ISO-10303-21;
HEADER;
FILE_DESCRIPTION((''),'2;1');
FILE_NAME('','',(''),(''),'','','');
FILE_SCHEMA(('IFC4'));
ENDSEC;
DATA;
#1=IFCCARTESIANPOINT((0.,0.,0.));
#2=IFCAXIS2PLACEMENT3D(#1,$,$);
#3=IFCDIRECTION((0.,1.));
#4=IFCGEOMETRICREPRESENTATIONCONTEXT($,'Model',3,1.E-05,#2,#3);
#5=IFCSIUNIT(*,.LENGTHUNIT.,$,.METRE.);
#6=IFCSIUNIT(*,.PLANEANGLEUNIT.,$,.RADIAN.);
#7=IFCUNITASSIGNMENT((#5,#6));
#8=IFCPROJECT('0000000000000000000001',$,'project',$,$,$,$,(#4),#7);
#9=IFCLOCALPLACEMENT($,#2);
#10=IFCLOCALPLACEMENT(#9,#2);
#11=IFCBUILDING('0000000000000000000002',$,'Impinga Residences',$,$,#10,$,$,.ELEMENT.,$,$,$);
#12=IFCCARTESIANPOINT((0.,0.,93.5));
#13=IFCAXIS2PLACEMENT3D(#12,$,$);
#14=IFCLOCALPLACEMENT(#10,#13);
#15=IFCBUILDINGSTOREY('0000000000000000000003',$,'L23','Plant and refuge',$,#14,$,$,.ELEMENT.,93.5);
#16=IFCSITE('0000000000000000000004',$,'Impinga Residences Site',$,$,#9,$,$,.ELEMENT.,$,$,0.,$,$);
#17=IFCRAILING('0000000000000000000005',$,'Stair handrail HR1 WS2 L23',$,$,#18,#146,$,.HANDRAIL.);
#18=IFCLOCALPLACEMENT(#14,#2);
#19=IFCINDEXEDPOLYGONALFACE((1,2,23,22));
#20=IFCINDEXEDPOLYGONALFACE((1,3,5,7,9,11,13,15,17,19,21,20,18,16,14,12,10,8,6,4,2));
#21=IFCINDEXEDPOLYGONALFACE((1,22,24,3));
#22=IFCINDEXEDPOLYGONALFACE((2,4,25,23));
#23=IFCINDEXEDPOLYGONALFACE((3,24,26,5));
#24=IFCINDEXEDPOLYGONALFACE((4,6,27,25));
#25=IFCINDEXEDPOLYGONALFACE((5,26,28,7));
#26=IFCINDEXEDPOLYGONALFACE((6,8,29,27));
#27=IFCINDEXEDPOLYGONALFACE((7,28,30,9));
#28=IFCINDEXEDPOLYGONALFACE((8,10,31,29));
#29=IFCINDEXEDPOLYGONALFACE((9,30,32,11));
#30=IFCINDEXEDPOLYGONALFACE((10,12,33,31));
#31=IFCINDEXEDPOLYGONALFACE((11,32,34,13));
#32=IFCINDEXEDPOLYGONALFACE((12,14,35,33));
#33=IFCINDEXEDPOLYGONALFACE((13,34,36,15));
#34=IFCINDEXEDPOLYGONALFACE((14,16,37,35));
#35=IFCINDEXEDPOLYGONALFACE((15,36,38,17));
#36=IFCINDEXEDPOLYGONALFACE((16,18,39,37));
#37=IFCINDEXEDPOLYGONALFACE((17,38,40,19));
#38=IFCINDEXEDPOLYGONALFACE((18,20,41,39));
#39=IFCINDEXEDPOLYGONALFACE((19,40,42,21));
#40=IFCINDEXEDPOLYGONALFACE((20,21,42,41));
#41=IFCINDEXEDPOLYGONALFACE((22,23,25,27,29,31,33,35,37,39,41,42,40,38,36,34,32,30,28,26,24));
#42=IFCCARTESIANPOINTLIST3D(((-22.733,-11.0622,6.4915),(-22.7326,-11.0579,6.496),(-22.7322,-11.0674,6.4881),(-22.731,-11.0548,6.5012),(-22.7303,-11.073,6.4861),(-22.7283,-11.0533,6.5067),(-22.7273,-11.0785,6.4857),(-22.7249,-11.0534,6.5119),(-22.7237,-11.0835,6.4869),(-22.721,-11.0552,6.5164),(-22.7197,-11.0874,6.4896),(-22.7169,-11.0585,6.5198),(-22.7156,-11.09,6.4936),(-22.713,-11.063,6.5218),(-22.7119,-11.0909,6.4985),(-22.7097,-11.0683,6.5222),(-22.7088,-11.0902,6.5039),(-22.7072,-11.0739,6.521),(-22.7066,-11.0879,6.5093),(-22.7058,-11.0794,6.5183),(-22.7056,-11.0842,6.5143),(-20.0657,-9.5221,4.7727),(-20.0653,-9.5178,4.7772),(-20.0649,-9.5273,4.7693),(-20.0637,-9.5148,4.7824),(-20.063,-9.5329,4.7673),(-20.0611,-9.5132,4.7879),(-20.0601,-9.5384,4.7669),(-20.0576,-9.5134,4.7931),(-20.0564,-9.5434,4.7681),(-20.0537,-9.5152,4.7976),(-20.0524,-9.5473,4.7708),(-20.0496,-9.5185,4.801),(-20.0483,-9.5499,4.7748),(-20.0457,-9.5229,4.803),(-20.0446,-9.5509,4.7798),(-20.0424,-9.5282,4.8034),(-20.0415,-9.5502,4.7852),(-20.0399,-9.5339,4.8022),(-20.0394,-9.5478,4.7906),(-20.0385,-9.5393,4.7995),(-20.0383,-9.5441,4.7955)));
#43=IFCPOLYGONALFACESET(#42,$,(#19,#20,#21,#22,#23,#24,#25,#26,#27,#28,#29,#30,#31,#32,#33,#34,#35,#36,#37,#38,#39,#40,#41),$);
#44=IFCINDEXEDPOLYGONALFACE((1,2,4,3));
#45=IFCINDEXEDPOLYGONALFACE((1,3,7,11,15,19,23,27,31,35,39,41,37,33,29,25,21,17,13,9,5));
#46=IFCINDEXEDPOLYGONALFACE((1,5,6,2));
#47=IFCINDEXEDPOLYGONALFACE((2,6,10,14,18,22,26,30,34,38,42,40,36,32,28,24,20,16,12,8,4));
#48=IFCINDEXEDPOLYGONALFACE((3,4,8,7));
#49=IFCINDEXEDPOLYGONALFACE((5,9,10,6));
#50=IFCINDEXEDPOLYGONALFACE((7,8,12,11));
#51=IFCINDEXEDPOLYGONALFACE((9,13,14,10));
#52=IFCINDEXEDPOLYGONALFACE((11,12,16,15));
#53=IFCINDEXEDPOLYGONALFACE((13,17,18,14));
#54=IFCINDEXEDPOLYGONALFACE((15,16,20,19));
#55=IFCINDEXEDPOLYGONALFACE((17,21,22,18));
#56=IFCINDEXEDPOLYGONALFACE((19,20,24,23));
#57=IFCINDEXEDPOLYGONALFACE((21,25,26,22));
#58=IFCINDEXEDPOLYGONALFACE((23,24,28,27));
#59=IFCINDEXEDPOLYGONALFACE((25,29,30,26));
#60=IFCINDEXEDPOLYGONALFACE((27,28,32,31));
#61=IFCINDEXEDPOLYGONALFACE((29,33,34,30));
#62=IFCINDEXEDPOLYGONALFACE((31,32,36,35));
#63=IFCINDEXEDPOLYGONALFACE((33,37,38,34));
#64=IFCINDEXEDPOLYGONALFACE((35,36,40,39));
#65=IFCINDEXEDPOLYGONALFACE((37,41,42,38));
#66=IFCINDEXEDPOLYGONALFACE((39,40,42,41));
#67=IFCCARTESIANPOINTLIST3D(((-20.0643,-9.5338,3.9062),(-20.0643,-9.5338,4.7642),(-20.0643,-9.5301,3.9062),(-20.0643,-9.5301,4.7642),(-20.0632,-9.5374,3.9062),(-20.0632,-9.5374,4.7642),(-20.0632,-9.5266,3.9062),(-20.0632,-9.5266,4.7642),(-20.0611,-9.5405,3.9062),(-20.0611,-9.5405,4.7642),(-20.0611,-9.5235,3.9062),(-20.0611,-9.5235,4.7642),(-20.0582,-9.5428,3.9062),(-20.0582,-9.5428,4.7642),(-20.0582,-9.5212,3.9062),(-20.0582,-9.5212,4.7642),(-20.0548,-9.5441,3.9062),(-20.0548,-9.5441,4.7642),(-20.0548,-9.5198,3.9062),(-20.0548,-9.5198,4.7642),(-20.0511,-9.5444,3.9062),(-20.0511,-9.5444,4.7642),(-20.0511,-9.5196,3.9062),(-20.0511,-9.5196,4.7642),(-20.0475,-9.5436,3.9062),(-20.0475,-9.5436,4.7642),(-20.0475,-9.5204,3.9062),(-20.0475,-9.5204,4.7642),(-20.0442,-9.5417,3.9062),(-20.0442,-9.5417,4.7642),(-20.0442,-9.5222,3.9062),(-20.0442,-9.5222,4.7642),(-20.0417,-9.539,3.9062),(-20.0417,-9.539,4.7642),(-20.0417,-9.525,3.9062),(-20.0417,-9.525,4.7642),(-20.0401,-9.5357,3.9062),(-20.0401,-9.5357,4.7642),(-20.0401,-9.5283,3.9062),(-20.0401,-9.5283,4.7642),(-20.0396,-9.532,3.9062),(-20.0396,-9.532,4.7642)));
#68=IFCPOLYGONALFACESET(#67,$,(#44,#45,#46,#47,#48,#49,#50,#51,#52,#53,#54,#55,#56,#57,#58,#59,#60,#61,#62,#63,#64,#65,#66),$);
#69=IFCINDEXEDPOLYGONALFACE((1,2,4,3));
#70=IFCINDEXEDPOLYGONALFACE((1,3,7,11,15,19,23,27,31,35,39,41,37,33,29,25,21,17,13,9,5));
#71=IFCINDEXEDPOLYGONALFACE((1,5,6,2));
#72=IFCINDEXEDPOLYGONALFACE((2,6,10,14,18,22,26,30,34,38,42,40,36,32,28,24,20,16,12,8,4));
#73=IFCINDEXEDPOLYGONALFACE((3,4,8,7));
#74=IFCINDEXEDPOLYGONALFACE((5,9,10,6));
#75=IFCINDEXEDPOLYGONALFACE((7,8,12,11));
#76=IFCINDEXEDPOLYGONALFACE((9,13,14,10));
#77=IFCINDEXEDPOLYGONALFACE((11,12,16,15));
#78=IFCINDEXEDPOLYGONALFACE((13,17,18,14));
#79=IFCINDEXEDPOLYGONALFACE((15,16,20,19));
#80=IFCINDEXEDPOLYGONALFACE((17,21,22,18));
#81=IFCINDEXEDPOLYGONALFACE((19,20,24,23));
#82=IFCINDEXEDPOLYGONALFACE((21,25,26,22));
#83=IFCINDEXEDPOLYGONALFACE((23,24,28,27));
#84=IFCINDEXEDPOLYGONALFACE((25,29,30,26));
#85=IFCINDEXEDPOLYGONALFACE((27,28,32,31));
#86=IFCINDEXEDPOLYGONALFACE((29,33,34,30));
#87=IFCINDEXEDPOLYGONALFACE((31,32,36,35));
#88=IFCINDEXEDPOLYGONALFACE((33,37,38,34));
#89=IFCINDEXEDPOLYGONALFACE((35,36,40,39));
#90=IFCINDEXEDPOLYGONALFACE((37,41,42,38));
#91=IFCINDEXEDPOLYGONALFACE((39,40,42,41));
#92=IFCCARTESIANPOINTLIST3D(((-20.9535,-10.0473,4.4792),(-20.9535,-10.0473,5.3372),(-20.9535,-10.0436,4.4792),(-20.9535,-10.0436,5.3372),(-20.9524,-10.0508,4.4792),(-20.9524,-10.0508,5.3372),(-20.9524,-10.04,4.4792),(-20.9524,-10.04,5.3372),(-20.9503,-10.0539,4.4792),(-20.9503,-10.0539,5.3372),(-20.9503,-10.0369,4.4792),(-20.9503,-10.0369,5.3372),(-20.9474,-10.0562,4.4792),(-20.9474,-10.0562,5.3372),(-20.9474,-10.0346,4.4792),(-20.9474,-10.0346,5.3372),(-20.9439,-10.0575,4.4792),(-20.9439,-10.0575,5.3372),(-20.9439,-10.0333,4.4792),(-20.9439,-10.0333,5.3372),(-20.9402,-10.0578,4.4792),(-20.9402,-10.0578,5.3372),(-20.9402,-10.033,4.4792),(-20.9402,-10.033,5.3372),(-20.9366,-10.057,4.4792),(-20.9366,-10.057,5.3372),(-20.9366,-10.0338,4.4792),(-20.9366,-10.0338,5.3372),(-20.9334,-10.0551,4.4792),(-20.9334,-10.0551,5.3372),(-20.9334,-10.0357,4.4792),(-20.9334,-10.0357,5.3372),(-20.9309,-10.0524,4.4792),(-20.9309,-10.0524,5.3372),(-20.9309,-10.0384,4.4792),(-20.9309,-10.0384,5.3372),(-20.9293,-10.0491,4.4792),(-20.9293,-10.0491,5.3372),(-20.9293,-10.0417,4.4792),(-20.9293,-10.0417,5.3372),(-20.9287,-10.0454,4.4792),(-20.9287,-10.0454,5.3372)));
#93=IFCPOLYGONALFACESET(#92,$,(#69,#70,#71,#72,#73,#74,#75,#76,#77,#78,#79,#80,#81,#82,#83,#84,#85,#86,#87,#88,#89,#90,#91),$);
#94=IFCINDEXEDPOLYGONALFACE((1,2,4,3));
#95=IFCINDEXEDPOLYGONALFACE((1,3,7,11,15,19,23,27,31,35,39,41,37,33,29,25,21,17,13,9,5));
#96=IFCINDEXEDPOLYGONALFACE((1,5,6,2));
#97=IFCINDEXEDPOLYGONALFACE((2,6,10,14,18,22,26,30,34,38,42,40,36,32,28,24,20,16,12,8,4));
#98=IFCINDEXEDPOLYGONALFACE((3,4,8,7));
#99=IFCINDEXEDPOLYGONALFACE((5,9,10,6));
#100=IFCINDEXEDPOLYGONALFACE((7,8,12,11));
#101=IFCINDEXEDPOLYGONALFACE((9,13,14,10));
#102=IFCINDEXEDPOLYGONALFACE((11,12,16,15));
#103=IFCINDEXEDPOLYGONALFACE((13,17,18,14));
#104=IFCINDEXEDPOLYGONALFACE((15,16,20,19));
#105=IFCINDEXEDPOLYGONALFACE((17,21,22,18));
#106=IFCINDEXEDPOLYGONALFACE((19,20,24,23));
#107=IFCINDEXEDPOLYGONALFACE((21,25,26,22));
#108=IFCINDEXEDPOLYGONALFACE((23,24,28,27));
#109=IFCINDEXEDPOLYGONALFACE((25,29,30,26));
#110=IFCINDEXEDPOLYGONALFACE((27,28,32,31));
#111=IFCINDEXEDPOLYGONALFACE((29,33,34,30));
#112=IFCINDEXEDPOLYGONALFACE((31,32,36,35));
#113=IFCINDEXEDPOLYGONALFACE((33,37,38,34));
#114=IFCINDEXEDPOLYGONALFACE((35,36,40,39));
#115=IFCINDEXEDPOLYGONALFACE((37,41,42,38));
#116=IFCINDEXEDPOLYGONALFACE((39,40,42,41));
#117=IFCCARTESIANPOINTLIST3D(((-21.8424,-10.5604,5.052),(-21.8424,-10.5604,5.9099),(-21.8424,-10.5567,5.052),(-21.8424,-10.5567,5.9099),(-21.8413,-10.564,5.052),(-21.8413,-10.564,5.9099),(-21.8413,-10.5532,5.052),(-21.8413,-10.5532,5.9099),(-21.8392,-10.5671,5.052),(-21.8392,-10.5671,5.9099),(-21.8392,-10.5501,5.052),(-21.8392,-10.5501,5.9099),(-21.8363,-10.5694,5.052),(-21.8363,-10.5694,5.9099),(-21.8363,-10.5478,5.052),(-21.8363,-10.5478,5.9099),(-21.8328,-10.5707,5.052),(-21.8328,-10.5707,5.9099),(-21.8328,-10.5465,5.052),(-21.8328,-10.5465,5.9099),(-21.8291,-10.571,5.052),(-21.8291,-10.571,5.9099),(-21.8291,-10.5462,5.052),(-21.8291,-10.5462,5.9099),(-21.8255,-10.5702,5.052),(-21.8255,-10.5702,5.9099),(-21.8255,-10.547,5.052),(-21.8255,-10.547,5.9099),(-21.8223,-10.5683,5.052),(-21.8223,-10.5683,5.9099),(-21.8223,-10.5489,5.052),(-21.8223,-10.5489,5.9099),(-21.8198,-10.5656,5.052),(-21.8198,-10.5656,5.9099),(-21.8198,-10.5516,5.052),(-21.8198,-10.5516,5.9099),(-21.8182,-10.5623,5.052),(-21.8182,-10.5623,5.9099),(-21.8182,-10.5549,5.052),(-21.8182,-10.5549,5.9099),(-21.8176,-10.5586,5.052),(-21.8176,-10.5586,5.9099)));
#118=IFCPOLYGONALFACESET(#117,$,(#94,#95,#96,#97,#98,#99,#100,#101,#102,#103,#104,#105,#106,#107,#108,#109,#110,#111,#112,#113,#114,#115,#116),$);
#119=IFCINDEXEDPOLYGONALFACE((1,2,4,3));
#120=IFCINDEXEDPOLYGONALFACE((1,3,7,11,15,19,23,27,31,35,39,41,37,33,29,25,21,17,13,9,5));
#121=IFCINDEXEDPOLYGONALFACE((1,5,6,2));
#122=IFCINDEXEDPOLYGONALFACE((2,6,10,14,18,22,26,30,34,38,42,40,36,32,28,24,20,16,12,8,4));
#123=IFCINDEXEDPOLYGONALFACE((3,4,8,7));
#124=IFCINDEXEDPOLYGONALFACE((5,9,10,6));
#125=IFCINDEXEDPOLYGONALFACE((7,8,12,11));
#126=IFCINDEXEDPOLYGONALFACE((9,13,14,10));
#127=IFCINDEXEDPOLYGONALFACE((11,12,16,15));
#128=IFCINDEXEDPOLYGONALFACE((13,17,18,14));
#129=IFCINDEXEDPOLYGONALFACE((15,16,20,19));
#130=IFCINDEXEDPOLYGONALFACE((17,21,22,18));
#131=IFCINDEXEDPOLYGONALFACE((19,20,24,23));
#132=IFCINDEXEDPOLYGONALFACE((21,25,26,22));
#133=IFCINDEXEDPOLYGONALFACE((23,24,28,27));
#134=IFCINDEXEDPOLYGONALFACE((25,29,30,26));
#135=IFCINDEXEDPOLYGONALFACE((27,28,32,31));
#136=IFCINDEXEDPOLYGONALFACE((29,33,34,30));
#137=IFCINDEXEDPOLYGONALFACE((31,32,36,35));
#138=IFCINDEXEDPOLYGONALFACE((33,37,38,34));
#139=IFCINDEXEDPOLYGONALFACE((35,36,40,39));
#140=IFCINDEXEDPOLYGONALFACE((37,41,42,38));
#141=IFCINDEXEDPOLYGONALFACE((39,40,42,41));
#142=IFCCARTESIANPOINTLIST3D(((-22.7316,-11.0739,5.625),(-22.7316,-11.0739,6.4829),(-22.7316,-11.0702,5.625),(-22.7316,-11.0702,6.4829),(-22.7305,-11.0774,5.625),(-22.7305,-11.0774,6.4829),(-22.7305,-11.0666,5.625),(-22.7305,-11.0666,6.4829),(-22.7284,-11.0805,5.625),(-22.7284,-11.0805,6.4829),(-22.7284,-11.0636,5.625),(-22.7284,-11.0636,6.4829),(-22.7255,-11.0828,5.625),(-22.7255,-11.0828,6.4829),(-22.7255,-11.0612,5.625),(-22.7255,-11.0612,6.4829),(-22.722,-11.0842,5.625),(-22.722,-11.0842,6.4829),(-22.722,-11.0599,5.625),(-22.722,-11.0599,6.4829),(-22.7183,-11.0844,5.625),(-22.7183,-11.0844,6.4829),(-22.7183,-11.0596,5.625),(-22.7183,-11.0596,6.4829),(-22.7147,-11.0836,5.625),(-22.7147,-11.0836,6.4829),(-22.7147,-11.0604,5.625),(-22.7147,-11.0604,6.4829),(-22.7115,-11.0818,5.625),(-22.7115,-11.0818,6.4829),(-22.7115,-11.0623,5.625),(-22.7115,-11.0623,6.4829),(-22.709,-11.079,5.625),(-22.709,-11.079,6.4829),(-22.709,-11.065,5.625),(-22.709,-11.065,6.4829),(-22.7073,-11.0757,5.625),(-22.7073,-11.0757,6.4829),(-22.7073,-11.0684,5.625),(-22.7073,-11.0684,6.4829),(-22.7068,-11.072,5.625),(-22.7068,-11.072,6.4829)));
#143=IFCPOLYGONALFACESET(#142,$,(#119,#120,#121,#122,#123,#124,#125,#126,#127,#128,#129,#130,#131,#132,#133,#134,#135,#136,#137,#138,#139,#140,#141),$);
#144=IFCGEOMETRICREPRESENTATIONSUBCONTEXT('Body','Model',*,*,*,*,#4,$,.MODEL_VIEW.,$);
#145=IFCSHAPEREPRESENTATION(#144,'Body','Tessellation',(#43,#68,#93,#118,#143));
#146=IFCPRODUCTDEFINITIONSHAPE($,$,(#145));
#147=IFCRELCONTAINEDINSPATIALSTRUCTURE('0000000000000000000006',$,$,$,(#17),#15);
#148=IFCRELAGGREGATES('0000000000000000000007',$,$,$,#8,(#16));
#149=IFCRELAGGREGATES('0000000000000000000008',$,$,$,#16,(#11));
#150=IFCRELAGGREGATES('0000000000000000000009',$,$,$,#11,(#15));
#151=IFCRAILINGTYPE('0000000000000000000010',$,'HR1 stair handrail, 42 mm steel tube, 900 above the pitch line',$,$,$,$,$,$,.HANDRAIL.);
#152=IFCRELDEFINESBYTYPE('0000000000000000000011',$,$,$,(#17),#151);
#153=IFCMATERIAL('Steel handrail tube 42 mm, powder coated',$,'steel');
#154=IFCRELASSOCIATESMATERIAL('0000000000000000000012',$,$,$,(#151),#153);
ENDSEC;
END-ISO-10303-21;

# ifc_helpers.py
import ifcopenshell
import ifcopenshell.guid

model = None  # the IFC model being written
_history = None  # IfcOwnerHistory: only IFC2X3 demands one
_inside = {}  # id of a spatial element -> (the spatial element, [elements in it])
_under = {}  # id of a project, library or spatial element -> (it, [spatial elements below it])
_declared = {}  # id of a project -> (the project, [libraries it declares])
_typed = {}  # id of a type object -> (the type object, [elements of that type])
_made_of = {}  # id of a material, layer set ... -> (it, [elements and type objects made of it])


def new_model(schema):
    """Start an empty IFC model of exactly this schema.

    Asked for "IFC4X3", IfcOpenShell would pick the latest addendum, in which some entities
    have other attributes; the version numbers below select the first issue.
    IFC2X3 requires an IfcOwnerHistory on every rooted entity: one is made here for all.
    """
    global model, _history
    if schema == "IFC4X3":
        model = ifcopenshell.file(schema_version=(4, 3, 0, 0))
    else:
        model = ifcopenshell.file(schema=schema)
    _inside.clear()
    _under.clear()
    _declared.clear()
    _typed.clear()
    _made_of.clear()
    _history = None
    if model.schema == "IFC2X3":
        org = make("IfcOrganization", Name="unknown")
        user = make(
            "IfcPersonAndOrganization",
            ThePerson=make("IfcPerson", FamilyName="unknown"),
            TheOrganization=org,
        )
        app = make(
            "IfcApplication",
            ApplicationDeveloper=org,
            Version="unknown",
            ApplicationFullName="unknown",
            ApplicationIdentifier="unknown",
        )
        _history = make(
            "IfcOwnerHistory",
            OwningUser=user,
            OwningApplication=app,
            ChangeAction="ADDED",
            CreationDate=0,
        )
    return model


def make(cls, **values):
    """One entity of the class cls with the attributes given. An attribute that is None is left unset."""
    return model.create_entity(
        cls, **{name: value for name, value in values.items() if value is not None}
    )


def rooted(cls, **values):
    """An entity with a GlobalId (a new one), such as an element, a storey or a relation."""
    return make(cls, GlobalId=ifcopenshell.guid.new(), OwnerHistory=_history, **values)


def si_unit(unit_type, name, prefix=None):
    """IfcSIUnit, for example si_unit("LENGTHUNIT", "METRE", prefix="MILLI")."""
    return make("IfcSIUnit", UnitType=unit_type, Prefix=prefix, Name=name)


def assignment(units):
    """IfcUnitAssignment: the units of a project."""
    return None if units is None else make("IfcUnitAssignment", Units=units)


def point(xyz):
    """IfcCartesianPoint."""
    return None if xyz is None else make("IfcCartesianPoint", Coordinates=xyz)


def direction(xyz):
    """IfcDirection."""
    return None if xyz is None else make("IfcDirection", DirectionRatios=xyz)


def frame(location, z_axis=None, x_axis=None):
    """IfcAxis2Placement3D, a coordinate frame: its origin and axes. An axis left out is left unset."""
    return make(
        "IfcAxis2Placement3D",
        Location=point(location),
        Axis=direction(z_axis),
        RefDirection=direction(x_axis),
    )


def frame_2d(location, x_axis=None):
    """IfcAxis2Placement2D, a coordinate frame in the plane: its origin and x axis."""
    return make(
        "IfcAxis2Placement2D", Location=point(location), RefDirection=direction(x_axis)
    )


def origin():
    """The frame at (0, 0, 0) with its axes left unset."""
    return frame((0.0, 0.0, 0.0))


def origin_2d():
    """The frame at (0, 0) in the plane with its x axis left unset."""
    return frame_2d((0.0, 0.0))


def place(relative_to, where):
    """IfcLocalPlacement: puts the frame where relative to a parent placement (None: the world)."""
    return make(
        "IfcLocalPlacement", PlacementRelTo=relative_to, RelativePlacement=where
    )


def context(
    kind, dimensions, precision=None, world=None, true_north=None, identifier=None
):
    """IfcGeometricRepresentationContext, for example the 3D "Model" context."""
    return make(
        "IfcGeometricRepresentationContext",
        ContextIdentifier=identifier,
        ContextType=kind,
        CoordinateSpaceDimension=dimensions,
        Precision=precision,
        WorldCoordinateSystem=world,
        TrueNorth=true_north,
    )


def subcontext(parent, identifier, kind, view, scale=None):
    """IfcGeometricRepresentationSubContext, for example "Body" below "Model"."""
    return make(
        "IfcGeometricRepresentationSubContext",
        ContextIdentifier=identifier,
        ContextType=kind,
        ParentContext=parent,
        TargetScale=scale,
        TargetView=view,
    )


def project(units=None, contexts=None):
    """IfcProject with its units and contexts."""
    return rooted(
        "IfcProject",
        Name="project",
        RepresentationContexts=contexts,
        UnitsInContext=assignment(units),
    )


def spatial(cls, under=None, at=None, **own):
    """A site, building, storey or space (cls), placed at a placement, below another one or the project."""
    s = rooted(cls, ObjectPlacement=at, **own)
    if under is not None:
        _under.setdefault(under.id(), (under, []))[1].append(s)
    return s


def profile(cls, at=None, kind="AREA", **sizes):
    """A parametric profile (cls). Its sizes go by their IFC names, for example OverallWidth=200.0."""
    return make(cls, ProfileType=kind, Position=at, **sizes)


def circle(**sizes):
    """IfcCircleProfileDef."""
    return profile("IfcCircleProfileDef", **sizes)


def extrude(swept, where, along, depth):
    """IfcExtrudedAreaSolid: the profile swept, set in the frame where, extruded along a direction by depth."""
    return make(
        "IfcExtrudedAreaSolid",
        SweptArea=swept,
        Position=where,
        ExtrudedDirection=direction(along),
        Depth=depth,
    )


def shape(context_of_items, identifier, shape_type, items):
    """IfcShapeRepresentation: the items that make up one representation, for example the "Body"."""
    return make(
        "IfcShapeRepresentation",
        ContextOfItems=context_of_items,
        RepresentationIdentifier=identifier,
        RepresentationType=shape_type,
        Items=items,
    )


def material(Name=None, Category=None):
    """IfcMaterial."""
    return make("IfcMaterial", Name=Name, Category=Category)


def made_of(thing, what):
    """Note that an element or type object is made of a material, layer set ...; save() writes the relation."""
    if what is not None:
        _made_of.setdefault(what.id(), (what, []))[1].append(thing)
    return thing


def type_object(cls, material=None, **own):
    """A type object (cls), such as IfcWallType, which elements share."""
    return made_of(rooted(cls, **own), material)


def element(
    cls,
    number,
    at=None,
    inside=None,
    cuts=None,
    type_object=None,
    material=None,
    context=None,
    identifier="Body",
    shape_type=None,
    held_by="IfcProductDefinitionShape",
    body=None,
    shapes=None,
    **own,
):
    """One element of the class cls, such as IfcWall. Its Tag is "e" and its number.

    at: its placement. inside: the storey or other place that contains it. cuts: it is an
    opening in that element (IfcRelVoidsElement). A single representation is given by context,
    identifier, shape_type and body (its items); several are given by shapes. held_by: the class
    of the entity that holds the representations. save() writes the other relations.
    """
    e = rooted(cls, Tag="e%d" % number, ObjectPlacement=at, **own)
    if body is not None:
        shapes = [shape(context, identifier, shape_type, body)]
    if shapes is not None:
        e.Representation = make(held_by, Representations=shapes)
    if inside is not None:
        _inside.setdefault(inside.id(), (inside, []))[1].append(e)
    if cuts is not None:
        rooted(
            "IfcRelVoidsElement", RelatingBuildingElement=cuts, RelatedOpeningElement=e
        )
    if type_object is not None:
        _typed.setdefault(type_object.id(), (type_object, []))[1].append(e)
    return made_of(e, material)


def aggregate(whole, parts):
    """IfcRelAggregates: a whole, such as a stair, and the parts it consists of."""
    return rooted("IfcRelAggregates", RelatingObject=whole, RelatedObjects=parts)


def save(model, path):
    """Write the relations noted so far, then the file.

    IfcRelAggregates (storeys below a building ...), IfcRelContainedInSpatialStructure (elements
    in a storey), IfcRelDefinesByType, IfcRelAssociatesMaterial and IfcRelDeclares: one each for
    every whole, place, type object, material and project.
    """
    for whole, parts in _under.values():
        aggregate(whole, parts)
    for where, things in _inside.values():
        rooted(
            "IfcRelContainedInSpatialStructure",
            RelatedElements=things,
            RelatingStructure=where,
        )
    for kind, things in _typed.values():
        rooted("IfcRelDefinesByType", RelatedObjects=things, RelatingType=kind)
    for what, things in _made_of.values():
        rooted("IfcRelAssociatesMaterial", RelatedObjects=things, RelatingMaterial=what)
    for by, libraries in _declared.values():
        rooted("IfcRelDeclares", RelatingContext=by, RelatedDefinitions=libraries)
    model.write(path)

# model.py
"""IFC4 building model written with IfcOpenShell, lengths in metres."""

from ifc_helpers import new_model, si_unit, direction, frame, origin, origin_2d, place, context, subcontext, project, spatial, circle, extrude, material, type_object, element, save


model = new_model("IFC4")

# Units and contexts
model_context = context("Model", 3, precision=1e-05, world=origin(), true_north=direction((0.0, 1.0)))
body_context = subcontext(model_context, "Body", "Model", "MODEL_VIEW")
ifc_project = project(units=[si_unit("LENGTHUNIT", "METRE"), si_unit("PLANEANGLEUNIT", "RADIAN")], contexts=[model_context])

# Site, building, storey
site_placement = place(None, origin())
site = spatial("IfcSite", under=ifc_project, at=site_placement, Name="Impinga Residences Site", CompositionType="ELEMENT", RefElevation=0.0)
building_placement = place(site_placement, origin())
building = spatial("IfcBuilding", under=site, at=building_placement, Name="Impinga Residences", CompositionType="ELEMENT")
storey_placement = place(building_placement, frame((0.0, 0.0, 93.5)))
storey = spatial("IfcBuildingStorey", under=building, at=storey_placement, Name="L23", Description="Plant and refuge", CompositionType="ELEMENT", Elevation=93.5)

# Railing
ifc_material_1 = material(Name="Steel handrail tube 42 mm, powder coated", Category="steel")
railing_type_1 = type_object("IfcRailingType", Name="HR1 stair handrail, 42 mm steel tube, 900 above the pitch line", PredefinedType="HANDRAIL", material=ifc_material_1)
railing_1_placement = place(storey_placement, frame((-20.052, -9.532, 3.9062)))
element("IfcRailing", 1, at=railing_1_placement, inside=storey, type_object=railing_type_1, Name="Stair handrail HR1 WS2 L23", PredefinedType="HANDRAIL", context=body_context, shape_type="SweptSolid", body=[
    extrude(circle(Radius=0.021, at=origin_2d()), frame((0.0, 0.0, 0.8789), z_axis=(-0.756226, -0.436639, 0.487307), x_axis=(0.500027, -0.86601, 0.0)), (0.0, 0.0, 1.0), 3.5271),
    extrude(circle(Radius=0.0125, at=origin_2d()), origin(), (0.0, 0.0, 1.0), 0.8579),
    extrude(circle(Radius=0.0125, at=origin_2d()), frame((-0.8892, -0.5134, 0.573)), (0.0, 0.0, 1.0), 0.8579),
    extrude(circle(Radius=0.0125, at=origin_2d()), frame((-1.7781, -1.0266, 1.1458)), (0.0, 0.0, 1.0), 0.8579),
    extrude(circle(Radius=0.0125, at=origin_2d()), frame((-2.6672, -1.54, 1.7188)), (0.0, 0.0, 1.0), 0.8579),
])

save(model, "model.ifc")
